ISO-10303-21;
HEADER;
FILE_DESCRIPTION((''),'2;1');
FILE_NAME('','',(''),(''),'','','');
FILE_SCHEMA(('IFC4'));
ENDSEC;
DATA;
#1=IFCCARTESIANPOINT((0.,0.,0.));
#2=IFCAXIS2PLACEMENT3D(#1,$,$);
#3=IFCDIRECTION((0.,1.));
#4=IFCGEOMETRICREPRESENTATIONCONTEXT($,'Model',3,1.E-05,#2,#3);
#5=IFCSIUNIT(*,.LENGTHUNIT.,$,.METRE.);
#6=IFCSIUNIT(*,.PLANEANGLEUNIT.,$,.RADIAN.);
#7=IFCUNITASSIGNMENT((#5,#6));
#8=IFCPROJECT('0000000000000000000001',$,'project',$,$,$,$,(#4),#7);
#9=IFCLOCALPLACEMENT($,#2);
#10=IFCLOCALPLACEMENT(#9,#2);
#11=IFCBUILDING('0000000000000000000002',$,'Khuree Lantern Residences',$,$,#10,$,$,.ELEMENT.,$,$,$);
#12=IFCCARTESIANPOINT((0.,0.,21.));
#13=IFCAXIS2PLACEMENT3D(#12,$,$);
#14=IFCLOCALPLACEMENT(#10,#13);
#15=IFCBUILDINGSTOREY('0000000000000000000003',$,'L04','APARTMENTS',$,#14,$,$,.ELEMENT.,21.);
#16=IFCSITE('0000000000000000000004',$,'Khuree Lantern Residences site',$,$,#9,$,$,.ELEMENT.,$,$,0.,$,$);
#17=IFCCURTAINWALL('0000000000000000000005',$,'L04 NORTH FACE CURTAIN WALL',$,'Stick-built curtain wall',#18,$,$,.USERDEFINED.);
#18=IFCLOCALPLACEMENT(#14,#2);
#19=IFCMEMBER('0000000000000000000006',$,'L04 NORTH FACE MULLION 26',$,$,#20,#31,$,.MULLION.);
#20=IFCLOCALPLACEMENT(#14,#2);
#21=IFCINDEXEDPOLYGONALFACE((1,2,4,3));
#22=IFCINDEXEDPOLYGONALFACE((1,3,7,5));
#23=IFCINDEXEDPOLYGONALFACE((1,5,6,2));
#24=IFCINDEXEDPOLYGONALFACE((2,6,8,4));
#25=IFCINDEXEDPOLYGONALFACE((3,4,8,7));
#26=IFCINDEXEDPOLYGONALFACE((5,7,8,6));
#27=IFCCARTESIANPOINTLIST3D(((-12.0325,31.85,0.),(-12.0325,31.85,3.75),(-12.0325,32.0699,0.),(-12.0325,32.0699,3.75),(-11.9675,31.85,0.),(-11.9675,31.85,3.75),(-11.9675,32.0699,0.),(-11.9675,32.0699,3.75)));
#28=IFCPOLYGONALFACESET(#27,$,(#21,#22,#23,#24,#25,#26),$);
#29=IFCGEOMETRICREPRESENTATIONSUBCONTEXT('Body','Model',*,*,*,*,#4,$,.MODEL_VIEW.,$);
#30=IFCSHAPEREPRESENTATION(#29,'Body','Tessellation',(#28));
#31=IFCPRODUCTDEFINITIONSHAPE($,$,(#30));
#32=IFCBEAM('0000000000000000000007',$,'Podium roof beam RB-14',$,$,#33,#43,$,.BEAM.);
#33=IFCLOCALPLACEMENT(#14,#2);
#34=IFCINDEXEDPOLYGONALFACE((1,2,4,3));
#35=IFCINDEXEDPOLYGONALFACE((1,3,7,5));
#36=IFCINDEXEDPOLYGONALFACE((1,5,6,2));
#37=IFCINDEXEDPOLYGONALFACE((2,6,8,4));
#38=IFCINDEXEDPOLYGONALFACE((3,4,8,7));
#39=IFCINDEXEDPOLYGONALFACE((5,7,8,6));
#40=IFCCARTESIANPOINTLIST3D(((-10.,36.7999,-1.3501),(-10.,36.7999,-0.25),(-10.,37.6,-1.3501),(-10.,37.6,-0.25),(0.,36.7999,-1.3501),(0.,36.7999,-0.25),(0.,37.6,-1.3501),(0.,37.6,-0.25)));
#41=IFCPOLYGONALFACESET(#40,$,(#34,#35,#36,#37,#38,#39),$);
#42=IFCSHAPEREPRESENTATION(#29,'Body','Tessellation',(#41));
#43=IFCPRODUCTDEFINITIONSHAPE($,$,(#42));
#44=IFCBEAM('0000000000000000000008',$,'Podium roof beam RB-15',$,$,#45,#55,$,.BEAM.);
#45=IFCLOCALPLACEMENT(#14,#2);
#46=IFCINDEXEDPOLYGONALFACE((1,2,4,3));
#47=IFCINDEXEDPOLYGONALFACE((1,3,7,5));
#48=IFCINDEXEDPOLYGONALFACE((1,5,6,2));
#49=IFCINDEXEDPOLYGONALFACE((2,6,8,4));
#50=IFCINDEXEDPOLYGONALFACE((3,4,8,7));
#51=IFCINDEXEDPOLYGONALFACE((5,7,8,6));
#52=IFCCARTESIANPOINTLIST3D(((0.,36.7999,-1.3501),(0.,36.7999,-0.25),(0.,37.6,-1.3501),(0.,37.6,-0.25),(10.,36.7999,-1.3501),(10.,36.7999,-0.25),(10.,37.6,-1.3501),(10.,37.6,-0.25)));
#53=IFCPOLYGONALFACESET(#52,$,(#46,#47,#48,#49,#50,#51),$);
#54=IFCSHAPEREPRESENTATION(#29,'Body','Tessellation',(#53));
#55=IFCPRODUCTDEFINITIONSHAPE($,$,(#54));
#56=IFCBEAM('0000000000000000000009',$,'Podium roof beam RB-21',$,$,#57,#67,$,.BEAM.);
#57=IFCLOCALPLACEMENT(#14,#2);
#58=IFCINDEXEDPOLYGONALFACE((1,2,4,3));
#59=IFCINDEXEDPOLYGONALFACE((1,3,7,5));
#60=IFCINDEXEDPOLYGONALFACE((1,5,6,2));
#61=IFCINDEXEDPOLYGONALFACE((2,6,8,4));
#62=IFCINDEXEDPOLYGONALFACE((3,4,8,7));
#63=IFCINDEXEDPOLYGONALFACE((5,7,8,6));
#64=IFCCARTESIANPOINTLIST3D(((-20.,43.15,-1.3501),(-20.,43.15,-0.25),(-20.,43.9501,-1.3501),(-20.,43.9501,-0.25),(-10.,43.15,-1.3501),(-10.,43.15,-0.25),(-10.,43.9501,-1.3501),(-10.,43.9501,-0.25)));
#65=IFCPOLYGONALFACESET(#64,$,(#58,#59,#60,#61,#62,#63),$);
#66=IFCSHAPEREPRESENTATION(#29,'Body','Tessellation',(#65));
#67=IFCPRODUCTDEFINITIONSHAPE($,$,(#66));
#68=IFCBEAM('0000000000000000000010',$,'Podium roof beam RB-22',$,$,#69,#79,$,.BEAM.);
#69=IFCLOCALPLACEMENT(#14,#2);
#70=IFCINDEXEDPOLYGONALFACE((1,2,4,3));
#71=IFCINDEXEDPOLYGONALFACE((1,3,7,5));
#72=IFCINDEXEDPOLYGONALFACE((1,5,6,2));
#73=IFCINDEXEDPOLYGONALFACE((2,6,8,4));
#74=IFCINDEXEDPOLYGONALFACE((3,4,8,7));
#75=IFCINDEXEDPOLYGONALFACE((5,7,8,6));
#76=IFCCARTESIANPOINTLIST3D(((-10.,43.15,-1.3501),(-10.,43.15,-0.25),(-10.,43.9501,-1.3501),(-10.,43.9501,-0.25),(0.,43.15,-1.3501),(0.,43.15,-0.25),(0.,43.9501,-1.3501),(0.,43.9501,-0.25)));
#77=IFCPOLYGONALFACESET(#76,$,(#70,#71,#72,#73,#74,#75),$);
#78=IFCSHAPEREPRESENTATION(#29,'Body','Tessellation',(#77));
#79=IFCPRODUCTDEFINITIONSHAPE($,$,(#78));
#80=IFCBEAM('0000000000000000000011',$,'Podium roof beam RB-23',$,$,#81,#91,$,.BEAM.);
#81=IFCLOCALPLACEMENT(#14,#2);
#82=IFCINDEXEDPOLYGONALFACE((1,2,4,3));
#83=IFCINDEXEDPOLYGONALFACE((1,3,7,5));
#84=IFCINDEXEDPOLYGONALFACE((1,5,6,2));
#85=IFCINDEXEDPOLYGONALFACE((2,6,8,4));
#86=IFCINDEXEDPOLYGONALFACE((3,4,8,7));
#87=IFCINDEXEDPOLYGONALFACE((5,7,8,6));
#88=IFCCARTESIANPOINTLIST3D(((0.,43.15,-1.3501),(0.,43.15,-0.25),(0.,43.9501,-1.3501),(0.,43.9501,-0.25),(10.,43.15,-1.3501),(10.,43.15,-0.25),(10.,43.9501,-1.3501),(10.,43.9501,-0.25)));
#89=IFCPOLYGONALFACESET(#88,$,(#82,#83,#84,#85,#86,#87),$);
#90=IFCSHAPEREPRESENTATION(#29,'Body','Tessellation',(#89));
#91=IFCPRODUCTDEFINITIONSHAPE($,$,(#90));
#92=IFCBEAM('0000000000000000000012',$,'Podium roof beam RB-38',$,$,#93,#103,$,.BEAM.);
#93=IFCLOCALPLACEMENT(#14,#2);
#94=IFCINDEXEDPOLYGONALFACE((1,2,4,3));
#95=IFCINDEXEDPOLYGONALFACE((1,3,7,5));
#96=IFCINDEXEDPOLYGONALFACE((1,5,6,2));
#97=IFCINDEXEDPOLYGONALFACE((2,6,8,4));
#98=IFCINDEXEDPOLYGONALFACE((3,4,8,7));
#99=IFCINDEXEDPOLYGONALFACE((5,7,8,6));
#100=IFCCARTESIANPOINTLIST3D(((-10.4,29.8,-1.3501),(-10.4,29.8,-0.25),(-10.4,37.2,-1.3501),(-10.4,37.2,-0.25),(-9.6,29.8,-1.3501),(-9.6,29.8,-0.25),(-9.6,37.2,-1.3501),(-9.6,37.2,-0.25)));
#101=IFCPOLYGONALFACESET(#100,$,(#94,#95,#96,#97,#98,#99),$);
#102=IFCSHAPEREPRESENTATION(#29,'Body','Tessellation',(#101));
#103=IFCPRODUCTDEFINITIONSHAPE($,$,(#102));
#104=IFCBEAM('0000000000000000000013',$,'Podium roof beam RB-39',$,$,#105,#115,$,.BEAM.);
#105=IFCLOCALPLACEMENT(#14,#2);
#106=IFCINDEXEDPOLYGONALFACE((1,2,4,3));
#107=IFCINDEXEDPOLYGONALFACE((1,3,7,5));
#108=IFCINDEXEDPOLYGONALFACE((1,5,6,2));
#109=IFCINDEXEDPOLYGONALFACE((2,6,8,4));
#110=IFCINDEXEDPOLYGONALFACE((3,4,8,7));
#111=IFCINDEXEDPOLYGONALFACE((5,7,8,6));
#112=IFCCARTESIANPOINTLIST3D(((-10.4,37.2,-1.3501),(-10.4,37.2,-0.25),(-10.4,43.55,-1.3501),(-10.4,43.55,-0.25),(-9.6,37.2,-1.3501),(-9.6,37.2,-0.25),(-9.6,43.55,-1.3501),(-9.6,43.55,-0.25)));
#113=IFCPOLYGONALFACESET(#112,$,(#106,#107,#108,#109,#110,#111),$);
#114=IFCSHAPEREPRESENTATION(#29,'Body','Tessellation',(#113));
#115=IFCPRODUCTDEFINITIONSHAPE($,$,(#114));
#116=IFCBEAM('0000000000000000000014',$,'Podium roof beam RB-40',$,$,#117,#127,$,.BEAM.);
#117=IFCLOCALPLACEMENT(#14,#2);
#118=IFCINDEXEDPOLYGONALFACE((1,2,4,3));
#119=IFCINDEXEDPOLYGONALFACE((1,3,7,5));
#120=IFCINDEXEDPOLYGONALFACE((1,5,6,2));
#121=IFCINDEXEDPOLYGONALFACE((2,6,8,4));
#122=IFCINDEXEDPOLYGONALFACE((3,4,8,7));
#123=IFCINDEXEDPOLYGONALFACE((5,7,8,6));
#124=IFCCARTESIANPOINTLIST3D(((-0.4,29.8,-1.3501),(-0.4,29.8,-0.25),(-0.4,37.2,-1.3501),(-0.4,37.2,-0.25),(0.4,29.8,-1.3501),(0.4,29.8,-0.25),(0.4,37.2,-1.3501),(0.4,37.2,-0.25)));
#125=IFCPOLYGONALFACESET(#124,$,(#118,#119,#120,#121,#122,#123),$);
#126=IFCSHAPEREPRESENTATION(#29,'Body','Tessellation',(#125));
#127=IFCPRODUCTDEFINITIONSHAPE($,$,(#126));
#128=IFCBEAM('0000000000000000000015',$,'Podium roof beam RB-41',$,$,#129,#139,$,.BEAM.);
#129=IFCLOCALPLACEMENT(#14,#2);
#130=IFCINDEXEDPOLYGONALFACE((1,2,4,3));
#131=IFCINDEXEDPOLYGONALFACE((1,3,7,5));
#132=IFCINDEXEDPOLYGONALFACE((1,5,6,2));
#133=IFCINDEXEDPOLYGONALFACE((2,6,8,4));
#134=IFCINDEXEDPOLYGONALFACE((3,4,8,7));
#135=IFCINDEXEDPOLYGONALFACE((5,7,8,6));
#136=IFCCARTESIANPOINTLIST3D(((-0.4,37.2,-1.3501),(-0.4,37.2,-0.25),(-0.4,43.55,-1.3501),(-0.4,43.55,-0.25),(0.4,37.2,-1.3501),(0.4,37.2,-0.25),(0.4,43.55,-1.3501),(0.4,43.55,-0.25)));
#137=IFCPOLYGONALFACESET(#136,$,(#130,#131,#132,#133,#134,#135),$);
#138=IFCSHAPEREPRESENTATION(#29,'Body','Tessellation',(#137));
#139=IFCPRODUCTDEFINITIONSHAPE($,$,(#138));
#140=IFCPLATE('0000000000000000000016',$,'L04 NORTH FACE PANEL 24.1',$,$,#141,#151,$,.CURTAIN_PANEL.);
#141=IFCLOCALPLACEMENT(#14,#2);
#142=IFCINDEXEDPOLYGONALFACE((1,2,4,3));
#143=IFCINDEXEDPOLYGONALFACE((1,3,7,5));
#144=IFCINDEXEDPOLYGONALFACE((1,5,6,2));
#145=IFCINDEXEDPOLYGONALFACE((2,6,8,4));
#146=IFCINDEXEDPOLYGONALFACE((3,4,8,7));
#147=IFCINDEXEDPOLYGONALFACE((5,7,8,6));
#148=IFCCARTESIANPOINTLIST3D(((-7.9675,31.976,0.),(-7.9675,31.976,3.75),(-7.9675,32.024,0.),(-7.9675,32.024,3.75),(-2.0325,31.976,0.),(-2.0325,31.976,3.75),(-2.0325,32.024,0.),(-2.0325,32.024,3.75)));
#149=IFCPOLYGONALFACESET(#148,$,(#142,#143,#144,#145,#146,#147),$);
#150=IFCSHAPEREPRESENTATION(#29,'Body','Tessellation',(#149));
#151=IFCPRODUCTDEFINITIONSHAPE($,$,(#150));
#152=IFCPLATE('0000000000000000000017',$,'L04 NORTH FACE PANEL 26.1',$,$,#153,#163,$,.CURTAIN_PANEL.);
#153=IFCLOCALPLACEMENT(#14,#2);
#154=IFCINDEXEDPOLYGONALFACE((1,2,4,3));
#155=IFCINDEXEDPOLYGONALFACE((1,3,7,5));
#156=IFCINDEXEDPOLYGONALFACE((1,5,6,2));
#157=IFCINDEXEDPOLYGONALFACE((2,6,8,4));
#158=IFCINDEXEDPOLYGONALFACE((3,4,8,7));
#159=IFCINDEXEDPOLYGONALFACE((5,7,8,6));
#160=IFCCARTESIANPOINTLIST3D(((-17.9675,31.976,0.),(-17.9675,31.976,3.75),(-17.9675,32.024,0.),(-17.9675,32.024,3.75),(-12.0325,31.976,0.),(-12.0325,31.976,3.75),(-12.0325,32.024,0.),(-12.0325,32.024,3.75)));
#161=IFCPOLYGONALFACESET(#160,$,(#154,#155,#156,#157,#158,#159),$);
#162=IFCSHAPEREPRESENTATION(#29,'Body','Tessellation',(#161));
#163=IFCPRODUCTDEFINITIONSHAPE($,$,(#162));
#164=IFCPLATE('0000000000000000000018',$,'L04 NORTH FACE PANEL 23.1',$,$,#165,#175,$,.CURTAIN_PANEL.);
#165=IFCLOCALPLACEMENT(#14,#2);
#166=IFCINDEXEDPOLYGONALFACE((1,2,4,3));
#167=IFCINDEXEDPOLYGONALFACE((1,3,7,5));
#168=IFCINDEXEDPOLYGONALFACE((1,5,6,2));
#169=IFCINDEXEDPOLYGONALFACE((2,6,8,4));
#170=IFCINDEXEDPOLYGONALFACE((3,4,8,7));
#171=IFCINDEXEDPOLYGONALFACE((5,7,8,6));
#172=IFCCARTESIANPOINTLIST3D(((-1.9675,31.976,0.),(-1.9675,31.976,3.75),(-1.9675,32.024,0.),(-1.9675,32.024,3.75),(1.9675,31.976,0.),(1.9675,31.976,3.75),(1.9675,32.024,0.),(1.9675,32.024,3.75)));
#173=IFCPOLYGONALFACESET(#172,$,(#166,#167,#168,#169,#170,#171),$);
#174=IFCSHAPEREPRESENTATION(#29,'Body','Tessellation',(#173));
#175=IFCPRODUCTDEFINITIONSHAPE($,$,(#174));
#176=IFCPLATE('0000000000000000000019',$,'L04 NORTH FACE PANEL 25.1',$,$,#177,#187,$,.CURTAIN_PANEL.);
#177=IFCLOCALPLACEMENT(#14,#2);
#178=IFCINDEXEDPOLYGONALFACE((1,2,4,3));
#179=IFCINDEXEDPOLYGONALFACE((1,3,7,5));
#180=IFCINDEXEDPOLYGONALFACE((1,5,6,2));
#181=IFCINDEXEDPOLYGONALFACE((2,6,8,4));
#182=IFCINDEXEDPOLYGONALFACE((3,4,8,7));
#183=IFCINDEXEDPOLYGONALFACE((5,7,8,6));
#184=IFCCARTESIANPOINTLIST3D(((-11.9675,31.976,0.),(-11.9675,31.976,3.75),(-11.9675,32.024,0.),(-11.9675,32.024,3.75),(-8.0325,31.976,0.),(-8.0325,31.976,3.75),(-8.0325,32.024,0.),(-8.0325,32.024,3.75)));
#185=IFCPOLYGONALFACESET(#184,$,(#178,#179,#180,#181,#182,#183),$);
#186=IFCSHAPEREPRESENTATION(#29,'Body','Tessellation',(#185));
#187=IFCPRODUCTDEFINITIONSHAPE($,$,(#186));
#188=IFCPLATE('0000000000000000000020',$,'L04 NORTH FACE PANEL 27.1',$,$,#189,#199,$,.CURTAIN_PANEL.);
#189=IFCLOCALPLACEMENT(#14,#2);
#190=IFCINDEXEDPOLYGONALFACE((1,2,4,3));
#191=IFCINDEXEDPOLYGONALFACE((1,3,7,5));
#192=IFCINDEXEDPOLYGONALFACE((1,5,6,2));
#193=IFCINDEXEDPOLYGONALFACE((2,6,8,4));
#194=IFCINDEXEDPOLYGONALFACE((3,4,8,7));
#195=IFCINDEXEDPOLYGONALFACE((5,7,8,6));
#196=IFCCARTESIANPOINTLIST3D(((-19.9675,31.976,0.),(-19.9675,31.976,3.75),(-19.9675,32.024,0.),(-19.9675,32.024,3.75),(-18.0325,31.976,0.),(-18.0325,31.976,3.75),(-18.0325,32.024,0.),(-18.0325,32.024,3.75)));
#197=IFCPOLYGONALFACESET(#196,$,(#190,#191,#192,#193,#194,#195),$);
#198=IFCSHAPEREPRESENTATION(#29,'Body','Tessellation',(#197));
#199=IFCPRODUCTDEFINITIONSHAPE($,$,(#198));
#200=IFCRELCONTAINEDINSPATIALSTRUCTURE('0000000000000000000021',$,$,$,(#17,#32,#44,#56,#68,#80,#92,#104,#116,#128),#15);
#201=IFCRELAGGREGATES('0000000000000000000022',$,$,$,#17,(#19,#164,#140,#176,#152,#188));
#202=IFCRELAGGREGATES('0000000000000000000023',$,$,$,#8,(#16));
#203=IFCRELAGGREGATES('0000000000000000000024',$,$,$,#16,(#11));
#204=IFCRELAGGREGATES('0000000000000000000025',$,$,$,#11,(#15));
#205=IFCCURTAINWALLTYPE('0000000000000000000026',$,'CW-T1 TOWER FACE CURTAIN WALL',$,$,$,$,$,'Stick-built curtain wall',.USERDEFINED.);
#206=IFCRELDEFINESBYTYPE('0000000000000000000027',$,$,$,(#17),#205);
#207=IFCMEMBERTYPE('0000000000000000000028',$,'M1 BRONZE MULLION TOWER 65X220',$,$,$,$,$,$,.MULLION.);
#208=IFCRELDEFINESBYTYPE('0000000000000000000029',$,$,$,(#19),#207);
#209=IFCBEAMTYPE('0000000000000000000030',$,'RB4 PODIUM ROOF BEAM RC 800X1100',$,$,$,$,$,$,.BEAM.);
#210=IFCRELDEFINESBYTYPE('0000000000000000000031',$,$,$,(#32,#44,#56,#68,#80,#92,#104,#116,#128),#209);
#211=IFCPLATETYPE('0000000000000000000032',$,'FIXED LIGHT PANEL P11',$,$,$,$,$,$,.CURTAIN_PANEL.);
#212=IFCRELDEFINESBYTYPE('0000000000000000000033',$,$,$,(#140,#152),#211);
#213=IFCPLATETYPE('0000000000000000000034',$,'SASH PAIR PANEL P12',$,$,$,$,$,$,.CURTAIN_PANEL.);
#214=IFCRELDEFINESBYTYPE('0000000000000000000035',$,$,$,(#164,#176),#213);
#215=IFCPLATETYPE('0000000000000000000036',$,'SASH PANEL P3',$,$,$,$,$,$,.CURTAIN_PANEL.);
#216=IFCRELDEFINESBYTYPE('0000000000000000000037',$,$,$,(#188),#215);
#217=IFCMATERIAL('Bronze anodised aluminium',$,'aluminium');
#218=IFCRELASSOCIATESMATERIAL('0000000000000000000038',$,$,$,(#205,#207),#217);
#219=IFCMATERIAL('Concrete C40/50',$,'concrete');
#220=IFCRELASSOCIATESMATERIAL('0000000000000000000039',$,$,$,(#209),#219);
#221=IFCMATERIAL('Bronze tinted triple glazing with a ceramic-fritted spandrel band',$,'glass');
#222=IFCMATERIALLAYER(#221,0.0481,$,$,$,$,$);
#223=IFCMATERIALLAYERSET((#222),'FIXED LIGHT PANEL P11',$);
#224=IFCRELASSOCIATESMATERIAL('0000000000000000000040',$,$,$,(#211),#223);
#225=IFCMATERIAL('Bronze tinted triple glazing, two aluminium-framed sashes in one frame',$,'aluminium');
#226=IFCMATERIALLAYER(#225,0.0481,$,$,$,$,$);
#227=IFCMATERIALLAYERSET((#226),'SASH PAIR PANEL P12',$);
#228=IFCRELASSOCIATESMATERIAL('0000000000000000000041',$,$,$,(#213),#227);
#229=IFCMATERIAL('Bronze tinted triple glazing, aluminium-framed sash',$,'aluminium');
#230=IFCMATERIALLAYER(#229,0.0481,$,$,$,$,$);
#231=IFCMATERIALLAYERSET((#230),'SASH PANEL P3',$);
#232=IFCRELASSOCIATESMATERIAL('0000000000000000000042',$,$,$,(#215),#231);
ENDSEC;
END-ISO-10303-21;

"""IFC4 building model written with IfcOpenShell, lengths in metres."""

from ifc_helpers import new_model, si_unit, direction, frame, origin, origin_2d, place, context, subcontext, project, spatial, rectangle, extrude, material, layer, layer_set, material_profile, profile_set, type_object, element, aggregate, save


model = new_model("IFC4")

# Units and contexts
model_context = context("Model", 3, precision=1e-05, world=origin(), true_north=direction((0.0, 1.0)))
body_context = subcontext(model_context, "Body", "Model", "MODEL_VIEW")
ifc_project = project(units=[si_unit("LENGTHUNIT", "METRE"), si_unit("PLANEANGLEUNIT", "RADIAN")], contexts=[model_context])

# Site, building, storey
site_placement = place(None, origin())
site = spatial("IfcSite", under=ifc_project, at=site_placement, Name="Khuree Lantern Residences site", CompositionType="ELEMENT", RefElevation=0.0)
building_placement = place(site_placement, origin())
building = spatial("IfcBuilding", under=site, at=building_placement, Name="Khuree Lantern Residences", CompositionType="ELEMENT")
storey_placement = place(building_placement, frame((0.0, 0.0, 21.0)))
storey = spatial("IfcBuildingStorey", under=building, at=storey_placement, Name="L04", Description="APARTMENTS", CompositionType="ELEMENT", Elevation=21.0)

# Curtain wall
ifc_material_1 = material(Name="Bronze anodised aluminium", Category="aluminium")
curtain_wall_type = type_object("IfcCurtainWallType", Name="CW-T1 TOWER FACE CURTAIN WALL", ElementType="Stick-built curtain wall", PredefinedType="USERDEFINED", material=ifc_material_1)
curtain_wall_placement = place(storey_placement, origin())
curtain_wall = element("IfcCurtainWall", 1, at=curtain_wall_placement, inside=storey, type_object=curtain_wall_type, Name="L04 NORTH FACE CURTAIN WALL", ObjectType="Stick-built curtain wall", PredefinedType="USERDEFINED")

# Member
ifc_material_profile_1 = material_profile(ifc_material_1, rectangle(XDim=0.0649, YDim=0.22, at=origin_2d()), Name="M1 65X220")
ifc_profile_set_1 = profile_set([ifc_material_profile_1], Name="Bronze anodised aluminium")
member_type_1 = type_object("IfcMemberType", Name="M1 BRONZE MULLION TOWER 65X220", PredefinedType="MULLION", material=ifc_profile_set_1)
member_1_placement = place(storey_placement, frame((-12.0, 31.96, 0.0), z_axis=(0.0, 0.0, 1.0), x_axis=(-1.0, 0.0, 0.0)))
member_1 = element("IfcMember", 2, at=member_1_placement, type_object=member_type_1, Name="L04 NORTH FACE MULLION 26", PredefinedType="MULLION", context=body_context, shape_type="SweptSolid", body=[
    extrude(rectangle(XDim=0.0649, YDim=0.22, at=origin_2d()), origin(), (0.0, 0.0, 1.0), 3.75),
])

# Beams
ifc_material_2 = material(Name="Concrete C40/50", Category="concrete")
ifc_material_profile_2 = material_profile(ifc_material_2, rectangle(XDim=0.8, YDim=1.1001, at=origin_2d()), Name="RC 800X1100")
ifc_profile_set_2 = profile_set([ifc_material_profile_2], Name="Concrete C40/50")
beam_type_1 = type_object("IfcBeamType", Name="RB4 PODIUM ROOF BEAM RC 800X1100", PredefinedType="BEAM", material=ifc_profile_set_2)
for number, where, z_axis, x_axis, name in (
    (3, (-10.0, 37.2, -0.8), (1.0, 0.0, 0.0), (0.0, 1.0, 0.0), "Podium roof beam RB-14"),
    (4, (0.0, 37.2, -0.8), (1.0, 0.0, 0.0), (0.0, 1.0, 0.0), "Podium roof beam RB-15"),
    (5, (-20.0, 43.55, -0.8), (1.0, 0.0, 0.0), (0.0, 1.0, 0.0), "Podium roof beam RB-21"),
    (6, (-10.0, 43.55, -0.8), (1.0, 0.0, 0.0), (0.0, 1.0, 0.0), "Podium roof beam RB-22"),
    (7, (0.0, 43.55, -0.8), (1.0, 0.0, 0.0), (0.0, 1.0, 0.0), "Podium roof beam RB-23"),
):
    element("IfcBeam", number, at=place(storey_placement, frame(where, z_axis=z_axis, x_axis=x_axis)), inside=storey, type_object=beam_type_1, Name=name, PredefinedType="BEAM", context=body_context, shape_type="SweptSolid", body=[
        extrude(rectangle(XDim=0.8, YDim=1.1001, at=origin_2d()), origin(), (0.0, 0.0, 1.0), 10.0),
    ])
beam_1_placement = place(storey_placement, frame((-10.0, 29.8, -0.8), z_axis=(0.0, 1.0, 0.0), x_axis=(-1.0, 0.0, 0.0)))
element("IfcBeam", 8, at=beam_1_placement, inside=storey, type_object=beam_type_1, Name="Podium roof beam RB-38", PredefinedType="BEAM", context=body_context, shape_type="SweptSolid", body=[
    extrude(rectangle(XDim=0.8, YDim=1.1001, at=origin_2d()), origin(), (0.0, 0.0, 1.0), 7.3999),
])
beam_2_placement = place(storey_placement, frame((-10.0, 37.2, -0.8), z_axis=(0.0, 1.0, 0.0), x_axis=(-1.0, 0.0, 0.0)))
element("IfcBeam", 9, at=beam_2_placement, inside=storey, type_object=beam_type_1, Name="Podium roof beam RB-39", PredefinedType="BEAM", context=body_context, shape_type="SweptSolid", body=[
    extrude(rectangle(XDim=0.8, YDim=1.1001, at=origin_2d()), origin(), (0.0, 0.0, 1.0), 6.3501),
])
beam_3_placement = place(storey_placement, frame((0.0, 29.8, -0.8), z_axis=(0.0, 1.0, 0.0), x_axis=(-1.0, 0.0, 0.0)))
element("IfcBeam", 10, at=beam_3_placement, inside=storey, type_object=beam_type_1, Name="Podium roof beam RB-40", PredefinedType="BEAM", context=body_context, shape_type="SweptSolid", body=[
    extrude(rectangle(XDim=0.8, YDim=1.1001, at=origin_2d()), origin(), (0.0, 0.0, 1.0), 7.3999),
])
beam_4_placement = place(storey_placement, frame((0.0, 37.2, -0.8), z_axis=(0.0, 1.0, 0.0), x_axis=(-1.0, 0.0, 0.0)))
element("IfcBeam", 11, at=beam_4_placement, inside=storey, type_object=beam_type_1, Name="Podium roof beam RB-41", PredefinedType="BEAM", context=body_context, shape_type="SweptSolid", body=[
    extrude(rectangle(XDim=0.8, YDim=1.1001, at=origin_2d()), origin(), (0.0, 0.0, 1.0), 6.3501),
])

# Plates
ifc_material_3 = material(Name="Bronze tinted triple glazing with a ceramic-fritted spandrel band", Category="glass")
ifc_layer_1 = layer(ifc_material_3, 0.0481)
ifc_layer_set_1 = layer_set([ifc_layer_1], Name="FIXED LIGHT PANEL P11")
plate_type_1 = type_object("IfcPlateType", Name="FIXED LIGHT PANEL P11", PredefinedType="CURTAIN_PANEL", material=ifc_layer_set_1)
plate_1_placement = place(storey_placement, frame((-5.0, 32.0, 0.0), z_axis=(0.0, 0.0, 1.0), x_axis=(-1.0, 0.0, 0.0)))
plate_1 = element("IfcPlate", 12, at=plate_1_placement, type_object=plate_type_1, Name="L04 NORTH FACE PANEL 24.1", PredefinedType="CURTAIN_PANEL", context=body_context, shape_type="SweptSolid", body=[
    extrude(rectangle(XDim=5.9351, YDim=0.0481, at=origin_2d()), origin(), (0.0, 0.0, 1.0), 3.75),
])
plate_2_placement = place(storey_placement, frame((-15.0, 32.0, 0.0), z_axis=(0.0, 0.0, 1.0), x_axis=(-1.0, 0.0, 0.0)))
plate_2 = element("IfcPlate", 13, at=plate_2_placement, type_object=plate_type_1, Name="L04 NORTH FACE PANEL 26.1", PredefinedType="CURTAIN_PANEL", context=body_context, shape_type="SweptSolid", body=[
    extrude(rectangle(XDim=5.9351, YDim=0.0481, at=origin_2d()), origin(), (0.0, 0.0, 1.0), 3.75),
])
ifc_material_4 = material(Name="Bronze tinted triple glazing, two aluminium-framed sashes in one frame", Category="aluminium")
ifc_layer_2 = layer(ifc_material_4, 0.0481)
ifc_layer_set_2 = layer_set([ifc_layer_2], Name="SASH PAIR PANEL P12")
plate_type_2 = type_object("IfcPlateType", Name="SASH PAIR PANEL P12", PredefinedType="CURTAIN_PANEL", material=ifc_layer_set_2)
plate_3_placement = place(storey_placement, frame((0.0, 32.0, 0.0), z_axis=(0.0, 0.0, 1.0), x_axis=(-1.0, 0.0, 0.0)))
plate_3 = element("IfcPlate", 14, at=plate_3_placement, type_object=plate_type_2, Name="L04 NORTH FACE PANEL 23.1", PredefinedType="CURTAIN_PANEL", context=body_context, shape_type="SweptSolid", body=[
    extrude(rectangle(XDim=3.9351, YDim=0.0481, at=origin_2d()), origin(), (0.0, 0.0, 1.0), 3.75),
])
plate_4_placement = place(storey_placement, frame((-10.0, 32.0, 0.0), z_axis=(0.0, 0.0, 1.0), x_axis=(-1.0, 0.0, 0.0)))
plate_4 = element("IfcPlate", 15, at=plate_4_placement, type_object=plate_type_2, Name="L04 NORTH FACE PANEL 25.1", PredefinedType="CURTAIN_PANEL", context=body_context, shape_type="SweptSolid", body=[
    extrude(rectangle(XDim=3.9351, YDim=0.0481, at=origin_2d()), origin(), (0.0, 0.0, 1.0), 3.75),
])
ifc_material_5 = material(Name="Bronze tinted triple glazing, aluminium-framed sash", Category="aluminium")
ifc_layer_3 = layer(ifc_material_5, 0.0481)
ifc_layer_set_3 = layer_set([ifc_layer_3], Name="SASH PANEL P3")
plate_type_3 = type_object("IfcPlateType", Name="SASH PANEL P3", PredefinedType="CURTAIN_PANEL", material=ifc_layer_set_3)
plate_5_placement = place(storey_placement, frame((-19.0, 32.0, 0.0), z_axis=(0.0, 0.0, 1.0), x_axis=(-1.0, 0.0, 0.0)))
plate_5 = element("IfcPlate", 16, at=plate_5_placement, type_object=plate_type_3, Name="L04 NORTH FACE PANEL 27.1", PredefinedType="CURTAIN_PANEL", context=body_context, shape_type="SweptSolid", body=[
    extrude(rectangle(XDim=1.9351, YDim=0.0481, at=origin_2d()), origin(), (0.0, 0.0, 1.0), 3.75),
])
aggregate(curtain_wall, [member_1, plate_3, plate_1, plate_4, plate_2, plate_5])

save(model, "model.ifc")
